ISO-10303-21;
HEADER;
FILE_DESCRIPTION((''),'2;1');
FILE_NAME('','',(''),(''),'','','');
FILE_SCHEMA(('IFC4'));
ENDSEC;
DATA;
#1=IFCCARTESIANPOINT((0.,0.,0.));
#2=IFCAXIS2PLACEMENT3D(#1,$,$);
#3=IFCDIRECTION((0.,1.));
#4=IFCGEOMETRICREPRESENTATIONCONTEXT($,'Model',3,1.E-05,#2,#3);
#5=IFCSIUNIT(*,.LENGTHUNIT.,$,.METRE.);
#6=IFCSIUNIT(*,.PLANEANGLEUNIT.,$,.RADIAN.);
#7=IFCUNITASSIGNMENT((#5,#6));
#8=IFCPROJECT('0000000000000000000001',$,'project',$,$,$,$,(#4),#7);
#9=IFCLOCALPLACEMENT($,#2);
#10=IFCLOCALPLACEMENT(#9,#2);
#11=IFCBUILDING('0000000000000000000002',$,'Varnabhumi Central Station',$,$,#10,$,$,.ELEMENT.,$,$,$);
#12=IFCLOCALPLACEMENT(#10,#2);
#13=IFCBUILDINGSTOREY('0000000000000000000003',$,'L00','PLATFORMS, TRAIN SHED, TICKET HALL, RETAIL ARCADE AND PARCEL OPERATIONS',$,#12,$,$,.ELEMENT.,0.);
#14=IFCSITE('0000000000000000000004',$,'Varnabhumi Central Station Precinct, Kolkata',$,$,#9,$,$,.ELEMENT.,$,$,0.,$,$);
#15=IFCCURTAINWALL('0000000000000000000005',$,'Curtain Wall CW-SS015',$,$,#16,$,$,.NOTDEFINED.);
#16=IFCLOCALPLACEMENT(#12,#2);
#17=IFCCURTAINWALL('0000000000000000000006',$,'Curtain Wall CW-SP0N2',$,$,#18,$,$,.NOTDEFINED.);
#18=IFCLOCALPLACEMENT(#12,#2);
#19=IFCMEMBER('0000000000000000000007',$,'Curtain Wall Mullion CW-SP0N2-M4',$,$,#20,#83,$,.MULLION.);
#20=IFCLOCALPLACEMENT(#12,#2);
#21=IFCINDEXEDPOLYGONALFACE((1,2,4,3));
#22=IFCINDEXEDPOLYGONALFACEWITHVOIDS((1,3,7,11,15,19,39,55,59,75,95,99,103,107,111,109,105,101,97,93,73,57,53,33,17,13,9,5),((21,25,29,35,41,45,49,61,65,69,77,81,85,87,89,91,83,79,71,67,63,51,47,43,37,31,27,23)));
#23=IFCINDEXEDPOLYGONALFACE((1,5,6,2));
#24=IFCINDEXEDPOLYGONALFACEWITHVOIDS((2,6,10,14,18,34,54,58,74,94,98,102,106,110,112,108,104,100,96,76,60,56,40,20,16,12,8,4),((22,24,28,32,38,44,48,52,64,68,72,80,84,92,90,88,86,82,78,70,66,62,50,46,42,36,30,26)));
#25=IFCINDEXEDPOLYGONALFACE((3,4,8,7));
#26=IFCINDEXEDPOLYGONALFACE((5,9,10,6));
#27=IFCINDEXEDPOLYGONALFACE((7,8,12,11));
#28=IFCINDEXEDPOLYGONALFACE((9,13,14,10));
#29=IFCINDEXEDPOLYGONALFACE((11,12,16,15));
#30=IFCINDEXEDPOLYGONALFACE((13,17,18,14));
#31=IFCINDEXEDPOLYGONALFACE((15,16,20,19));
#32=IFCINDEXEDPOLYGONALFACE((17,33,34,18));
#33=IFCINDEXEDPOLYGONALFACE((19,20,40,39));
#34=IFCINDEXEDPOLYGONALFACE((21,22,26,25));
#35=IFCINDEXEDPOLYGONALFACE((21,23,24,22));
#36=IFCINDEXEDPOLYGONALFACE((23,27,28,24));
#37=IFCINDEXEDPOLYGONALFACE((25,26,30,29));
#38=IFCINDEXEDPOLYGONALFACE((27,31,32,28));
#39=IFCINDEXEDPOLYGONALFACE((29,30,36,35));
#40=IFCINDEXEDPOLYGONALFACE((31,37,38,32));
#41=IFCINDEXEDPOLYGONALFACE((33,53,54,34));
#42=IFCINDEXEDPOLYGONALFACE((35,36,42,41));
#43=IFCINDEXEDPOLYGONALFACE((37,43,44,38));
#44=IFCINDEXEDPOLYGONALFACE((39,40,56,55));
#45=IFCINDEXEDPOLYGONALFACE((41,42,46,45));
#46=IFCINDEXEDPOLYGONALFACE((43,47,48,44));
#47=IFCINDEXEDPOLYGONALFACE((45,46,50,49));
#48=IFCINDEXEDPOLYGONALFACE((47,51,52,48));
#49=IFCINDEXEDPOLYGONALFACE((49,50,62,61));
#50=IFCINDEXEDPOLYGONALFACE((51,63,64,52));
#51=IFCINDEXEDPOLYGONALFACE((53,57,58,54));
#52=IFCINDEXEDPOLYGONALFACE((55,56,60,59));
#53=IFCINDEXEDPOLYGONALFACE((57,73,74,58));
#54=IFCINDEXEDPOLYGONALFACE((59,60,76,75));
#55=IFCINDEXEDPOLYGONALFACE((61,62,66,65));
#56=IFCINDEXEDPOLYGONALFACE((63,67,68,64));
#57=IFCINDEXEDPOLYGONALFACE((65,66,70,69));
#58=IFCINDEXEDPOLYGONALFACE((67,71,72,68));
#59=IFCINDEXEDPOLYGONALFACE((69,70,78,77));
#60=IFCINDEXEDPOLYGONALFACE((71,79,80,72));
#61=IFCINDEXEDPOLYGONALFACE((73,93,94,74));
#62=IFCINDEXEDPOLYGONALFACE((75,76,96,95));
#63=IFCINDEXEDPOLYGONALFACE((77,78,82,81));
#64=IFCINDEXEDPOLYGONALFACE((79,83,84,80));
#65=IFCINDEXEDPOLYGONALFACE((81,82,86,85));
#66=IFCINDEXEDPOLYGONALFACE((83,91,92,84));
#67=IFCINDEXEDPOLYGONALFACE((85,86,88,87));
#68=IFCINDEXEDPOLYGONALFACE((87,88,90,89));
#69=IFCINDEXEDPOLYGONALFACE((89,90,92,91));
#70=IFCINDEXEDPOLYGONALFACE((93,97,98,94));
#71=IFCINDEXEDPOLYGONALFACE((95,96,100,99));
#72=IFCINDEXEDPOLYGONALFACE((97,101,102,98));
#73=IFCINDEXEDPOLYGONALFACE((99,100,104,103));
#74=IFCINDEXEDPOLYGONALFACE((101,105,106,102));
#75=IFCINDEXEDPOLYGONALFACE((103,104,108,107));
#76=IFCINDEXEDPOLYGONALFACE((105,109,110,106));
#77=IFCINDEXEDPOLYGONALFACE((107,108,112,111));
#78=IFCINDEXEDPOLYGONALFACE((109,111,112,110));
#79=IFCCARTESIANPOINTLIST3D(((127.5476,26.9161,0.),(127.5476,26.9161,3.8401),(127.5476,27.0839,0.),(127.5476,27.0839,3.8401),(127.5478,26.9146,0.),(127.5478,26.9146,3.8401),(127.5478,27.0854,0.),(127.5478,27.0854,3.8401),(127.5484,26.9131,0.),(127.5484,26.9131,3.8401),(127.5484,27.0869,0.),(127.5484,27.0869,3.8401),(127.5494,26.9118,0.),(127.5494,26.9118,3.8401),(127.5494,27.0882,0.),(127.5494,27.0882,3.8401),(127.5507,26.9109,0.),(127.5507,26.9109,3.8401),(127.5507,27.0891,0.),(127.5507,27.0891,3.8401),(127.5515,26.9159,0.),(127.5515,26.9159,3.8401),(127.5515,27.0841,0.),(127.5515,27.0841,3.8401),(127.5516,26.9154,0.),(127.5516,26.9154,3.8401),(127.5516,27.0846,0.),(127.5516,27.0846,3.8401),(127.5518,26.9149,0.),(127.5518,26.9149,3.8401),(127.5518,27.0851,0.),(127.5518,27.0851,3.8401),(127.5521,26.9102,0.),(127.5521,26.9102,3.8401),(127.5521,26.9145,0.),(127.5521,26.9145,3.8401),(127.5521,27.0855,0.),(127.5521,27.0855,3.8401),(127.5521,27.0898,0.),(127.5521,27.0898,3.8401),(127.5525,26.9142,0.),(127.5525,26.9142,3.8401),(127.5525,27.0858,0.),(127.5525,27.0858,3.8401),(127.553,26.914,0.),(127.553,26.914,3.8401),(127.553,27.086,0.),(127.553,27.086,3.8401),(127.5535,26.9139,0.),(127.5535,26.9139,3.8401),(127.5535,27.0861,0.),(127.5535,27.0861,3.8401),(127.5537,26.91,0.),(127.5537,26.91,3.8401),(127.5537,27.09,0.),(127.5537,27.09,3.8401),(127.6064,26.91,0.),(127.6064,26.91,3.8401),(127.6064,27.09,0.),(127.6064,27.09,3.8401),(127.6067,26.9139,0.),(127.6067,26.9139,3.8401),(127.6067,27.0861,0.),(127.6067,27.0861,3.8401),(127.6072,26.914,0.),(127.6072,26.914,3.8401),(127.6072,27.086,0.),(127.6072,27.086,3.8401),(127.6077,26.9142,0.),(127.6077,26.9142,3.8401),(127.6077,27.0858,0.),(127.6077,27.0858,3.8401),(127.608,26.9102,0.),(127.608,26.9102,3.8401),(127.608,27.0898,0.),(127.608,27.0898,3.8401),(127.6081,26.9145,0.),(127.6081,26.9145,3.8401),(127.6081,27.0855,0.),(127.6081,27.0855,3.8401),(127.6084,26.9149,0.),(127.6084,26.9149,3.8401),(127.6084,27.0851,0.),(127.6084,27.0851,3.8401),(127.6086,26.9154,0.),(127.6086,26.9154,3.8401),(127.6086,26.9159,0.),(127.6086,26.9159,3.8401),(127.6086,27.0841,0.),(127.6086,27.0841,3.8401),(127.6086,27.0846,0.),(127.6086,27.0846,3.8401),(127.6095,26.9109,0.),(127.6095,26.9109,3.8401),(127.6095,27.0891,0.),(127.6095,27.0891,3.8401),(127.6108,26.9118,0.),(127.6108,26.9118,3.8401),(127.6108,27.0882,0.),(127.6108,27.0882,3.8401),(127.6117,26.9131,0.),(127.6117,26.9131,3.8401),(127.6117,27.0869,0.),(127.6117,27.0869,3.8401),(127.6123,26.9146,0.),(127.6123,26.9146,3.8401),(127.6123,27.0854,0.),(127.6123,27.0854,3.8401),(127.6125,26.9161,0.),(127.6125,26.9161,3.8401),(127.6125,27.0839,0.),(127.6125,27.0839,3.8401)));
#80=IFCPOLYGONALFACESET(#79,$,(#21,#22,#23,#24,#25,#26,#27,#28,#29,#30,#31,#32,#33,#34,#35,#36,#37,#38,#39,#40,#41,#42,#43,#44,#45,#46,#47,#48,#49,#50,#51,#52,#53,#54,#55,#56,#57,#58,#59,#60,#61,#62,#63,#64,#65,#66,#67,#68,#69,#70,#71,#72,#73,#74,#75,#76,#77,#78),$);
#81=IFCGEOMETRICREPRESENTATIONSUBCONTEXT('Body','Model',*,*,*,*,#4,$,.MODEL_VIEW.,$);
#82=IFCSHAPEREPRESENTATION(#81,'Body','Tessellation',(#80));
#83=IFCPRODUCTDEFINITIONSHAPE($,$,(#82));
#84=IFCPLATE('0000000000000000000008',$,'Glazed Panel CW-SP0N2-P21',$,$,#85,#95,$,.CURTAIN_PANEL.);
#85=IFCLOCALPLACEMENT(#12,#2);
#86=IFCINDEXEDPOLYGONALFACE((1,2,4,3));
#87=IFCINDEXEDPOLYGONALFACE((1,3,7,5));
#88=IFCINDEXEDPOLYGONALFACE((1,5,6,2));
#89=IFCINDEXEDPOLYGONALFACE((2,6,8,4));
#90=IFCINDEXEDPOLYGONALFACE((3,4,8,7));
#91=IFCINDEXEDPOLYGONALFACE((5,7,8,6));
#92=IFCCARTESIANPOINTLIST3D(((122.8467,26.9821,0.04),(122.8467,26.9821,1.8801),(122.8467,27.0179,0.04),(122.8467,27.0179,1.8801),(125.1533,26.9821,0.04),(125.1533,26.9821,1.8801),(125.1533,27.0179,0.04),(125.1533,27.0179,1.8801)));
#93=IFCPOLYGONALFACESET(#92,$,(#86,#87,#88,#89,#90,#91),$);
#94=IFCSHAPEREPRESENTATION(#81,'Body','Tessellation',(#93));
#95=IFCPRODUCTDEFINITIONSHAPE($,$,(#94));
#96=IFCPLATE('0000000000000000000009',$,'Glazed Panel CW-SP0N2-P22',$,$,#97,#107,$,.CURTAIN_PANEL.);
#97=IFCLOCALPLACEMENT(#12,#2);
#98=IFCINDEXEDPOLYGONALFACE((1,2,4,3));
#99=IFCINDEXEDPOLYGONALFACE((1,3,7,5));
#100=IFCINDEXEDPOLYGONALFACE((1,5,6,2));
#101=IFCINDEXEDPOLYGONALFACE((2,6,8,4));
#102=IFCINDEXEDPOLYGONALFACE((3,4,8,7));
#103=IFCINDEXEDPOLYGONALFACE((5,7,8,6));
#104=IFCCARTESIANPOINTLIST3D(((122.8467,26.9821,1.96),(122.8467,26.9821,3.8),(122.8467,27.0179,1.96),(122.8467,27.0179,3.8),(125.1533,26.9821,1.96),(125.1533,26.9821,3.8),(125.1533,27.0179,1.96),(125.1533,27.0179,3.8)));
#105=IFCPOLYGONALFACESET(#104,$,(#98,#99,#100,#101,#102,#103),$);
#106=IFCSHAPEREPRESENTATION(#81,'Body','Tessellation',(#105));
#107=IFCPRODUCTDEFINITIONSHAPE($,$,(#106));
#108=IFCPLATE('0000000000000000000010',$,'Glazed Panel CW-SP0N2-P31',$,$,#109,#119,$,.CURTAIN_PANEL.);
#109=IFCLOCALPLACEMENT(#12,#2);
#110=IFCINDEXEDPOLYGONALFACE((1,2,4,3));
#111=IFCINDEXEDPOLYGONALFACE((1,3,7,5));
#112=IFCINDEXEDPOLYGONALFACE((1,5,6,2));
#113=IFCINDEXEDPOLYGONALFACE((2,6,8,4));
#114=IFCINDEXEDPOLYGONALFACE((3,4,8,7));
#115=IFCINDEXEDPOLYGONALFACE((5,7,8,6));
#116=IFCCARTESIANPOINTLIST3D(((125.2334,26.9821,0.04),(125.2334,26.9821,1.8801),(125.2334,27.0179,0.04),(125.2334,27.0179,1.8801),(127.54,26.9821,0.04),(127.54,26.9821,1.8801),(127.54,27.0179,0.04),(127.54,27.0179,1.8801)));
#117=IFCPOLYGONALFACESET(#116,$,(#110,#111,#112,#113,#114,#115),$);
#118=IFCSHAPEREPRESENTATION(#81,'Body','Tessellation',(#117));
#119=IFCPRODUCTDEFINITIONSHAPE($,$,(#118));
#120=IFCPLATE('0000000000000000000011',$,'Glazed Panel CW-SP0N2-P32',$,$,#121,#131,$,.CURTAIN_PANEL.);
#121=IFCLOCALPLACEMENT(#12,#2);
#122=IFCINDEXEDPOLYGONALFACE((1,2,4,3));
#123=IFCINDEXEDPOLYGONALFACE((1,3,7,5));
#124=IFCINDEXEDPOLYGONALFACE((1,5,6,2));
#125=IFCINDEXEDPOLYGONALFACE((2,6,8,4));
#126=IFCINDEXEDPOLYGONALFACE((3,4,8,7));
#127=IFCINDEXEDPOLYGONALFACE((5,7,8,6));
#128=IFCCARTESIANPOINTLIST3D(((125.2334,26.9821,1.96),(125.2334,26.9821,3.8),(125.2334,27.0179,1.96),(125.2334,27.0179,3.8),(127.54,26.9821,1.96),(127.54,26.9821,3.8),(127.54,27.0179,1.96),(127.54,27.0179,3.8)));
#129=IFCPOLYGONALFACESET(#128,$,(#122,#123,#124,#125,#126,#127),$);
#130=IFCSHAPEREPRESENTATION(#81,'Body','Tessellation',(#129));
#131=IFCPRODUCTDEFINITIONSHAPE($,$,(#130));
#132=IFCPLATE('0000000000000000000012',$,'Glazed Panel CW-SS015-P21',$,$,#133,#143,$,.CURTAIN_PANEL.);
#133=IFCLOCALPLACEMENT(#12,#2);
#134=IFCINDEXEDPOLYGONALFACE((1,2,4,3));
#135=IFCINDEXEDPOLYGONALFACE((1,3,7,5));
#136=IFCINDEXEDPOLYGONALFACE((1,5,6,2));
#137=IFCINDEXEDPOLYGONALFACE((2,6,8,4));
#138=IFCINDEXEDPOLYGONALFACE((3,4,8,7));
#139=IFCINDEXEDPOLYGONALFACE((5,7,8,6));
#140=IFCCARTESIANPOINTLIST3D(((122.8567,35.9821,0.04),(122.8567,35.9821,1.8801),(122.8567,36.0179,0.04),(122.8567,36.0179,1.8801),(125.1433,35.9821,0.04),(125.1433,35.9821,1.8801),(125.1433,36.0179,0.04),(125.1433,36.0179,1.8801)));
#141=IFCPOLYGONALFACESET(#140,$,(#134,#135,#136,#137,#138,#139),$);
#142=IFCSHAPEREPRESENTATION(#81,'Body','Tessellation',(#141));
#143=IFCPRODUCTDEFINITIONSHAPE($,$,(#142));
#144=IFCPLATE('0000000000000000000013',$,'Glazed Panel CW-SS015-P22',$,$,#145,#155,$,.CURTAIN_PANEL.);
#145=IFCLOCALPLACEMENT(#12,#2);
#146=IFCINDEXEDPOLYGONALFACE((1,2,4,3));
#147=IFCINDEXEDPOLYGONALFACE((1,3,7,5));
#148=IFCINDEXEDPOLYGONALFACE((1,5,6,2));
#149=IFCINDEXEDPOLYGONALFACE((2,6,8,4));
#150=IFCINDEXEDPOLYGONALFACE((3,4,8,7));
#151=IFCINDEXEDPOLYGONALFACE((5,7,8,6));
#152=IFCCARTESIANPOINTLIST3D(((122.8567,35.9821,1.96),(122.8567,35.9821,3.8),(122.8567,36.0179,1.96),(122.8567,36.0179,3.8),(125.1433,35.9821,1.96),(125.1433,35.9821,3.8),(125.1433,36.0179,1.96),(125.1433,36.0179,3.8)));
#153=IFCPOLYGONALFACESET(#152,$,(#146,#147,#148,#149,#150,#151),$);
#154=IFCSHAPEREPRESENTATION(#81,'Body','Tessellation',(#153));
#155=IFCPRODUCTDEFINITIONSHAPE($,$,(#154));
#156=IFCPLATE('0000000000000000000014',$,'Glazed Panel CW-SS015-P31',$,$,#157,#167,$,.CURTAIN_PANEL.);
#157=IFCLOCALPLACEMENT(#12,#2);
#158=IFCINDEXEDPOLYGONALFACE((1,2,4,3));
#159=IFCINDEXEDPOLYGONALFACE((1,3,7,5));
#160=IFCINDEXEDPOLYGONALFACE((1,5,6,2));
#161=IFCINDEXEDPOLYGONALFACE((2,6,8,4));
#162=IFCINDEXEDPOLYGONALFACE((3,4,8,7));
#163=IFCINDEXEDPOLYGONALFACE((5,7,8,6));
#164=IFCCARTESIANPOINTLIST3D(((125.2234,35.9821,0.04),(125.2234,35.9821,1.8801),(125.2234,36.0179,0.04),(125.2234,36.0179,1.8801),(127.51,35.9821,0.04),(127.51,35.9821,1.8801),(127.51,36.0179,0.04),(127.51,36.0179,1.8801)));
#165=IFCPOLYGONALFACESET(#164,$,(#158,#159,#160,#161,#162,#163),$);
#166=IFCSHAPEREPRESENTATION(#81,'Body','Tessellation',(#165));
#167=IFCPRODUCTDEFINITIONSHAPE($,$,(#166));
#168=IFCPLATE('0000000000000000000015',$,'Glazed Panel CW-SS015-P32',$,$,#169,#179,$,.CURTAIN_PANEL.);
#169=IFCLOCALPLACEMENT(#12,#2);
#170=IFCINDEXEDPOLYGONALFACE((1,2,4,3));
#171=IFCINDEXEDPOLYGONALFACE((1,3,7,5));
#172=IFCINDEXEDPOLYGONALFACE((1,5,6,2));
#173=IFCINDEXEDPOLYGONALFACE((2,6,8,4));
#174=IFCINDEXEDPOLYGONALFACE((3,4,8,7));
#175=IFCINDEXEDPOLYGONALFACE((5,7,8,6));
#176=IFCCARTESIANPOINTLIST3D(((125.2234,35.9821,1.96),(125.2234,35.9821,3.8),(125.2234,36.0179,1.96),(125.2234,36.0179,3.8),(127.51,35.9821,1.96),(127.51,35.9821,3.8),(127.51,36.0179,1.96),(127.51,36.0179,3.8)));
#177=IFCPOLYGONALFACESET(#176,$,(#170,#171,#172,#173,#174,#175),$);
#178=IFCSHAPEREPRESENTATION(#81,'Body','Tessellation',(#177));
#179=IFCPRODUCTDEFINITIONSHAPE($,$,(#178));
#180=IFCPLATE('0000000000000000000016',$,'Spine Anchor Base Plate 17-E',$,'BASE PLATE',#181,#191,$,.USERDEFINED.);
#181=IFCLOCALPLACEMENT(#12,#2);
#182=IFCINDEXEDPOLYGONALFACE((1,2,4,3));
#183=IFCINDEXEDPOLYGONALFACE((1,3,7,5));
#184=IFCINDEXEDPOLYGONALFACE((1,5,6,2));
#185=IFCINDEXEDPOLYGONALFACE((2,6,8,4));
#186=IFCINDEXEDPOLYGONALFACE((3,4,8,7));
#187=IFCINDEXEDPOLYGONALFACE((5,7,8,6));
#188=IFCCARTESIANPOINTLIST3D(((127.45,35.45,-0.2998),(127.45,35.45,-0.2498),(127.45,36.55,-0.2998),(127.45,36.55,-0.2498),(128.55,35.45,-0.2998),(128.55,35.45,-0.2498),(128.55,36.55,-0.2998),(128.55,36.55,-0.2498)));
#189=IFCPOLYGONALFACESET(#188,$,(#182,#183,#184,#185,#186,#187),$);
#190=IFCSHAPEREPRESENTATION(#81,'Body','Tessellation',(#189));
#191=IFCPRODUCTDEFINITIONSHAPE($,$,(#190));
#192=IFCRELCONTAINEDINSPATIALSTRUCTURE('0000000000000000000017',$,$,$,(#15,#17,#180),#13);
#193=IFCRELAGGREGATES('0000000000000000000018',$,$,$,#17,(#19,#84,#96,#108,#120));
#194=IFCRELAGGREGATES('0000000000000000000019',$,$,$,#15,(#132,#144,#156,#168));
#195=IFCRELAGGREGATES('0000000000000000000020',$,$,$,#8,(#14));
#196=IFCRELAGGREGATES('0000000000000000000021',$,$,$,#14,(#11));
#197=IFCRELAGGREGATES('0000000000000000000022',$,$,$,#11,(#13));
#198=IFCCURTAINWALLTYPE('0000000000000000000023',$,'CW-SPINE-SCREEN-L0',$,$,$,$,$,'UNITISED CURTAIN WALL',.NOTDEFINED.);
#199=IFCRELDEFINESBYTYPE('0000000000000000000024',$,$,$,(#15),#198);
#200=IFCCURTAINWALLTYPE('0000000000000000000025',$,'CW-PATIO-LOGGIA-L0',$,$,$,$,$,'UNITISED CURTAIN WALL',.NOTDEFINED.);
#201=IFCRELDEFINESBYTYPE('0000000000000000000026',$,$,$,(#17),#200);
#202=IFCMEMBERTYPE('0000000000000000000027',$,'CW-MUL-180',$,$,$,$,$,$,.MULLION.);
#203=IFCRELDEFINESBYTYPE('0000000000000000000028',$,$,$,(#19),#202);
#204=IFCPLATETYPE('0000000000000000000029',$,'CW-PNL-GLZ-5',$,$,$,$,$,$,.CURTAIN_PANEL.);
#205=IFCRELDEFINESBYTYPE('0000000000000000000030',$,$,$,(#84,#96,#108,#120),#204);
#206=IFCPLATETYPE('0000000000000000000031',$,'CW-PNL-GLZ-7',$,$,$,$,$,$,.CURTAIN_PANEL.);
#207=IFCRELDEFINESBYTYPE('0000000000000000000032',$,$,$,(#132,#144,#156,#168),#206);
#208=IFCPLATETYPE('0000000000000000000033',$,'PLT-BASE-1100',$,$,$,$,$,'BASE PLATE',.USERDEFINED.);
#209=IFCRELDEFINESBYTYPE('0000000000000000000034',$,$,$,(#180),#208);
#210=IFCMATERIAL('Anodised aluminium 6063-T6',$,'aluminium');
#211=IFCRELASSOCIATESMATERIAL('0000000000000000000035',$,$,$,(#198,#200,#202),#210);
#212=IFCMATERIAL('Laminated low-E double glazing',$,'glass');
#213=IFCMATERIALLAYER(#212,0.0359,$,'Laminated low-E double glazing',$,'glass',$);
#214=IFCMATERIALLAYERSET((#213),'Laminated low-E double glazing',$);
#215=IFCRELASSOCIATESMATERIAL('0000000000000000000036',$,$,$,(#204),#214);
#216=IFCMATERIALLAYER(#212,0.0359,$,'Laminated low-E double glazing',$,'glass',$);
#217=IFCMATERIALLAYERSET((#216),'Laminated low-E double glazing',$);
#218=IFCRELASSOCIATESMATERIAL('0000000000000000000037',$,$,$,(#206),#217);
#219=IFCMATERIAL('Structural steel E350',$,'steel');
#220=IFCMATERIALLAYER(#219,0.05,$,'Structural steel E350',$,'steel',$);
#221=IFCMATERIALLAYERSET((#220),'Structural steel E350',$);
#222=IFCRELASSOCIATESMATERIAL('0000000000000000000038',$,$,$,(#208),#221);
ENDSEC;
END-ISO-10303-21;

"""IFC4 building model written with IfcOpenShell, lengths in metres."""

from ifc_helpers import new_model, si_unit, direction, frame, origin, origin_2d, place, context, subcontext, project, spatial, rectangle, hollow_rectangle, extrude, material, layer, layer_set, material_profile, profile_set, type_object, element, aggregate, save


model = new_model("IFC4")

# Units and contexts
model_context = context("Model", 3, precision=1e-05, world=origin(), true_north=direction((0.0, 1.0)))
body_context = subcontext(model_context, "Body", "Model", "MODEL_VIEW")
ifc_project = project(units=[si_unit("LENGTHUNIT", "METRE"), si_unit("PLANEANGLEUNIT", "RADIAN")], contexts=[model_context])

# Site, building, storey
site_placement = place(None, origin())
site = spatial("IfcSite", under=ifc_project, at=site_placement, Name="Varnabhumi Central Station Precinct, Kolkata", CompositionType="ELEMENT", RefElevation=0.0)
building_placement = place(site_placement, origin())
building = spatial("IfcBuilding", under=site, at=building_placement, Name="Varnabhumi Central Station", CompositionType="ELEMENT")
storey_placement = place(building_placement, origin())
storey = spatial("IfcBuildingStorey", under=building, at=storey_placement, Name="L00", Description="PLATFORMS, TRAIN SHED, TICKET HALL, RETAIL ARCADE AND PARCEL OPERATIONS", CompositionType="ELEMENT", Elevation=0.0)

# Curtain wall
ifc_material_1 = material(Name="Anodised aluminium 6063-T6", Category="aluminium")
curtain_wall_type_1 = type_object("IfcCurtainWallType", Name="CW-SPINE-SCREEN-L0", ElementType="UNITISED CURTAIN WALL", PredefinedType="NOTDEFINED", material=ifc_material_1)
curtain_wall_1_placement = place(storey_placement, origin())
curtain_wall_1 = element("IfcCurtainWall", 1, at=curtain_wall_1_placement, inside=storey, type_object=curtain_wall_type_1, Name="Curtain Wall CW-SS015", PredefinedType="NOTDEFINED")
ifc_material_profile_1 = material_profile(ifc_material_1, hollow_rectangle(XDim=0.0649, YDim=0.1799, WallThickness=0.0039, InnerFilletRadius=0.002, OuterFilletRadius=0.0061, at=origin_2d()), Name="Anodised aluminium 6063-T6", Category="aluminium")
ifc_profile_set_1 = profile_set([ifc_material_profile_1], Name="Anodised aluminium 6063-T6")
member_type = type_object("IfcMemberType", Name="CW-MUL-180", PredefinedType="MULLION", material=ifc_profile_set_1)

# Curtain wall, member, plates
curtain_wall_type_2 = type_object("IfcCurtainWallType", Name="CW-PATIO-LOGGIA-L0", ElementType="UNITISED CURTAIN WALL", PredefinedType="NOTDEFINED", material=ifc_material_1)
curtain_wall_2_placement = place(storey_placement, origin())
curtain_wall_2 = element("IfcCurtainWall", 2, at=curtain_wall_2_placement, inside=storey, type_object=curtain_wall_type_2, Name="Curtain Wall CW-SP0N2", PredefinedType="NOTDEFINED")
member_1_placement = place(storey_placement, frame((127.5801, 27.0, 0.0), z_axis=(0.0, 0.0, 1.0), x_axis=(1.0, 0.0, 0.0)))
member_1 = element("IfcMember", 3, at=member_1_placement, type_object=member_type, Name="Curtain Wall Mullion CW-SP0N2-M4", PredefinedType="MULLION", context=body_context, shape_type="SweptSolid", body=[
    extrude(hollow_rectangle(XDim=0.0649, YDim=0.1799, WallThickness=0.0039, InnerFilletRadius=0.002, OuterFilletRadius=0.0061, at=origin_2d()), origin(), (0.0, 0.0, 1.0), 3.8401),
])
ifc_material_2 = material(Name="Laminated low-E double glazing", Category="glass")
ifc_layer_1 = layer(ifc_material_2, 0.0359, Name="Laminated low-E double glazing", Category="glass")
ifc_layer_set_1 = layer_set([ifc_layer_1], Name="Laminated low-E double glazing")
plate_type_1 = type_object("IfcPlateType", Name="CW-PNL-GLZ-5", PredefinedType="CURTAIN_PANEL", material=ifc_layer_set_1)
plate_1_placement = place(storey_placement, frame((124.0, 27.0, 0.04), z_axis=(0.0, 0.0, 1.0), x_axis=(1.0, 0.0, 0.0)))
plate_1 = element("IfcPlate", 4, at=plate_1_placement, type_object=plate_type_1, Name="Glazed Panel CW-SP0N2-P21", PredefinedType="CURTAIN_PANEL", context=body_context, shape_type="SweptSolid", body=[
    extrude(rectangle(XDim=2.3066, YDim=0.0359, at=origin_2d()), origin(), (0.0, 0.0, 1.0), 1.8401),
])
plate_2_placement = place(storey_placement, frame((124.0, 27.0, 1.96), z_axis=(0.0, 0.0, 1.0), x_axis=(1.0, 0.0, 0.0)))
plate_2 = element("IfcPlate", 5, at=plate_2_placement, type_object=plate_type_1, Name="Glazed Panel CW-SP0N2-P22", PredefinedType="CURTAIN_PANEL", context=body_context, shape_type="SweptSolid", body=[
    extrude(rectangle(XDim=2.3066, YDim=0.0359, at=origin_2d()), origin(), (0.0, 0.0, 1.0), 1.8401),
])
plate_3_placement = place(storey_placement, frame((126.3867, 27.0, 0.04), z_axis=(0.0, 0.0, 1.0), x_axis=(1.0, 0.0, 0.0)))
plate_3 = element("IfcPlate", 6, at=plate_3_placement, type_object=plate_type_1, Name="Glazed Panel CW-SP0N2-P31", PredefinedType="CURTAIN_PANEL", context=body_context, shape_type="SweptSolid", body=[
    extrude(rectangle(XDim=2.3066, YDim=0.0359, at=origin_2d()), origin(), (0.0, 0.0, 1.0), 1.8401),
])
plate_4_placement = place(storey_placement, frame((126.3867, 27.0, 1.96), z_axis=(0.0, 0.0, 1.0), x_axis=(1.0, 0.0, 0.0)))
plate_4 = element("IfcPlate", 7, at=plate_4_placement, type_object=plate_type_1, Name="Glazed Panel CW-SP0N2-P32", PredefinedType="CURTAIN_PANEL", context=body_context, shape_type="SweptSolid", body=[
    extrude(rectangle(XDim=2.3066, YDim=0.0359, at=origin_2d()), origin(), (0.0, 0.0, 1.0), 1.8401),
])
aggregate(curtain_wall_2, [member_1, plate_1, plate_2, plate_3, plate_4])

# Plates
ifc_layer_2 = layer(ifc_material_2, 0.0359, Name="Laminated low-E double glazing", Category="glass")
ifc_layer_set_2 = layer_set([ifc_layer_2], Name="Laminated low-E double glazing")
plate_type_2 = type_object("IfcPlateType", Name="CW-PNL-GLZ-7", PredefinedType="CURTAIN_PANEL", material=ifc_layer_set_2)
plate_5_placement = place(storey_placement, frame((124.0, 36.0, 0.04), z_axis=(0.0, 0.0, 1.0), x_axis=(1.0, 0.0, 0.0)))
plate_5 = element("IfcPlate", 8, at=plate_5_placement, type_object=plate_type_2, Name="Glazed Panel CW-SS015-P21", PredefinedType="CURTAIN_PANEL", context=body_context, shape_type="SweptSolid", body=[
    extrude(rectangle(XDim=2.2866, YDim=0.0359, at=origin_2d()), origin(), (0.0, 0.0, 1.0), 1.8401),
])
plate_6_placement = place(storey_placement, frame((124.0, 36.0, 1.96), z_axis=(0.0, 0.0, 1.0), x_axis=(1.0, 0.0, 0.0)))
plate_6 = element("IfcPlate", 9, at=plate_6_placement, type_object=plate_type_2, Name="Glazed Panel CW-SS015-P22", PredefinedType="CURTAIN_PANEL", context=body_context, shape_type="SweptSolid", body=[
    extrude(rectangle(XDim=2.2866, YDim=0.0359, at=origin_2d()), origin(), (0.0, 0.0, 1.0), 1.8401),
])
plate_7_placement = place(storey_placement, frame((126.3667, 36.0, 0.04), z_axis=(0.0, 0.0, 1.0), x_axis=(1.0, 0.0, 0.0)))
plate_7 = element("IfcPlate", 10, at=plate_7_placement, type_object=plate_type_2, Name="Glazed Panel CW-SS015-P31", PredefinedType="CURTAIN_PANEL", context=body_context, shape_type="SweptSolid", body=[
    extrude(rectangle(XDim=2.2866, YDim=0.0359, at=origin_2d()), origin(), (0.0, 0.0, 1.0), 1.8401),
])
plate_8_placement = place(storey_placement, frame((126.3667, 36.0, 1.96), z_axis=(0.0, 0.0, 1.0), x_axis=(1.0, 0.0, 0.0)))
plate_8 = element("IfcPlate", 11, at=plate_8_placement, type_object=plate_type_2, Name="Glazed Panel CW-SS015-P32", PredefinedType="CURTAIN_PANEL", context=body_context, shape_type="SweptSolid", body=[
    extrude(rectangle(XDim=2.2866, YDim=0.0359, at=origin_2d()), origin(), (0.0, 0.0, 1.0), 1.8401),
])
aggregate(curtain_wall_1, [plate_5, plate_6, plate_7, plate_8])
ifc_material_3 = material(Name="Structural steel E350", Category="steel")
ifc_layer_3 = layer(ifc_material_3, 0.05, Name="Structural steel E350", Category="steel")
ifc_layer_set_3 = layer_set([ifc_layer_3], Name="Structural steel E350")
plate_type_3 = type_object("IfcPlateType", Name="PLT-BASE-1100", ElementType="BASE PLATE", PredefinedType="USERDEFINED", material=ifc_layer_set_3)
plate_9_placement = place(storey_placement, frame((128.0, 36.0, -0.2998), z_axis=(0.0, 0.0, 1.0), x_axis=(1.0, 0.0, 0.0)))
element("IfcPlate", 12, at=plate_9_placement, inside=storey, type_object=plate_type_3, Name="Spine Anchor Base Plate 17-E", ObjectType="BASE PLATE", PredefinedType="USERDEFINED", context=body_context, shape_type="SweptSolid", body=[
    extrude(rectangle(XDim=1.1001, YDim=1.1001, at=origin_2d()), origin(), (0.0, 0.0, 1.0), 0.05),
])

save(model, "model.ifc")
